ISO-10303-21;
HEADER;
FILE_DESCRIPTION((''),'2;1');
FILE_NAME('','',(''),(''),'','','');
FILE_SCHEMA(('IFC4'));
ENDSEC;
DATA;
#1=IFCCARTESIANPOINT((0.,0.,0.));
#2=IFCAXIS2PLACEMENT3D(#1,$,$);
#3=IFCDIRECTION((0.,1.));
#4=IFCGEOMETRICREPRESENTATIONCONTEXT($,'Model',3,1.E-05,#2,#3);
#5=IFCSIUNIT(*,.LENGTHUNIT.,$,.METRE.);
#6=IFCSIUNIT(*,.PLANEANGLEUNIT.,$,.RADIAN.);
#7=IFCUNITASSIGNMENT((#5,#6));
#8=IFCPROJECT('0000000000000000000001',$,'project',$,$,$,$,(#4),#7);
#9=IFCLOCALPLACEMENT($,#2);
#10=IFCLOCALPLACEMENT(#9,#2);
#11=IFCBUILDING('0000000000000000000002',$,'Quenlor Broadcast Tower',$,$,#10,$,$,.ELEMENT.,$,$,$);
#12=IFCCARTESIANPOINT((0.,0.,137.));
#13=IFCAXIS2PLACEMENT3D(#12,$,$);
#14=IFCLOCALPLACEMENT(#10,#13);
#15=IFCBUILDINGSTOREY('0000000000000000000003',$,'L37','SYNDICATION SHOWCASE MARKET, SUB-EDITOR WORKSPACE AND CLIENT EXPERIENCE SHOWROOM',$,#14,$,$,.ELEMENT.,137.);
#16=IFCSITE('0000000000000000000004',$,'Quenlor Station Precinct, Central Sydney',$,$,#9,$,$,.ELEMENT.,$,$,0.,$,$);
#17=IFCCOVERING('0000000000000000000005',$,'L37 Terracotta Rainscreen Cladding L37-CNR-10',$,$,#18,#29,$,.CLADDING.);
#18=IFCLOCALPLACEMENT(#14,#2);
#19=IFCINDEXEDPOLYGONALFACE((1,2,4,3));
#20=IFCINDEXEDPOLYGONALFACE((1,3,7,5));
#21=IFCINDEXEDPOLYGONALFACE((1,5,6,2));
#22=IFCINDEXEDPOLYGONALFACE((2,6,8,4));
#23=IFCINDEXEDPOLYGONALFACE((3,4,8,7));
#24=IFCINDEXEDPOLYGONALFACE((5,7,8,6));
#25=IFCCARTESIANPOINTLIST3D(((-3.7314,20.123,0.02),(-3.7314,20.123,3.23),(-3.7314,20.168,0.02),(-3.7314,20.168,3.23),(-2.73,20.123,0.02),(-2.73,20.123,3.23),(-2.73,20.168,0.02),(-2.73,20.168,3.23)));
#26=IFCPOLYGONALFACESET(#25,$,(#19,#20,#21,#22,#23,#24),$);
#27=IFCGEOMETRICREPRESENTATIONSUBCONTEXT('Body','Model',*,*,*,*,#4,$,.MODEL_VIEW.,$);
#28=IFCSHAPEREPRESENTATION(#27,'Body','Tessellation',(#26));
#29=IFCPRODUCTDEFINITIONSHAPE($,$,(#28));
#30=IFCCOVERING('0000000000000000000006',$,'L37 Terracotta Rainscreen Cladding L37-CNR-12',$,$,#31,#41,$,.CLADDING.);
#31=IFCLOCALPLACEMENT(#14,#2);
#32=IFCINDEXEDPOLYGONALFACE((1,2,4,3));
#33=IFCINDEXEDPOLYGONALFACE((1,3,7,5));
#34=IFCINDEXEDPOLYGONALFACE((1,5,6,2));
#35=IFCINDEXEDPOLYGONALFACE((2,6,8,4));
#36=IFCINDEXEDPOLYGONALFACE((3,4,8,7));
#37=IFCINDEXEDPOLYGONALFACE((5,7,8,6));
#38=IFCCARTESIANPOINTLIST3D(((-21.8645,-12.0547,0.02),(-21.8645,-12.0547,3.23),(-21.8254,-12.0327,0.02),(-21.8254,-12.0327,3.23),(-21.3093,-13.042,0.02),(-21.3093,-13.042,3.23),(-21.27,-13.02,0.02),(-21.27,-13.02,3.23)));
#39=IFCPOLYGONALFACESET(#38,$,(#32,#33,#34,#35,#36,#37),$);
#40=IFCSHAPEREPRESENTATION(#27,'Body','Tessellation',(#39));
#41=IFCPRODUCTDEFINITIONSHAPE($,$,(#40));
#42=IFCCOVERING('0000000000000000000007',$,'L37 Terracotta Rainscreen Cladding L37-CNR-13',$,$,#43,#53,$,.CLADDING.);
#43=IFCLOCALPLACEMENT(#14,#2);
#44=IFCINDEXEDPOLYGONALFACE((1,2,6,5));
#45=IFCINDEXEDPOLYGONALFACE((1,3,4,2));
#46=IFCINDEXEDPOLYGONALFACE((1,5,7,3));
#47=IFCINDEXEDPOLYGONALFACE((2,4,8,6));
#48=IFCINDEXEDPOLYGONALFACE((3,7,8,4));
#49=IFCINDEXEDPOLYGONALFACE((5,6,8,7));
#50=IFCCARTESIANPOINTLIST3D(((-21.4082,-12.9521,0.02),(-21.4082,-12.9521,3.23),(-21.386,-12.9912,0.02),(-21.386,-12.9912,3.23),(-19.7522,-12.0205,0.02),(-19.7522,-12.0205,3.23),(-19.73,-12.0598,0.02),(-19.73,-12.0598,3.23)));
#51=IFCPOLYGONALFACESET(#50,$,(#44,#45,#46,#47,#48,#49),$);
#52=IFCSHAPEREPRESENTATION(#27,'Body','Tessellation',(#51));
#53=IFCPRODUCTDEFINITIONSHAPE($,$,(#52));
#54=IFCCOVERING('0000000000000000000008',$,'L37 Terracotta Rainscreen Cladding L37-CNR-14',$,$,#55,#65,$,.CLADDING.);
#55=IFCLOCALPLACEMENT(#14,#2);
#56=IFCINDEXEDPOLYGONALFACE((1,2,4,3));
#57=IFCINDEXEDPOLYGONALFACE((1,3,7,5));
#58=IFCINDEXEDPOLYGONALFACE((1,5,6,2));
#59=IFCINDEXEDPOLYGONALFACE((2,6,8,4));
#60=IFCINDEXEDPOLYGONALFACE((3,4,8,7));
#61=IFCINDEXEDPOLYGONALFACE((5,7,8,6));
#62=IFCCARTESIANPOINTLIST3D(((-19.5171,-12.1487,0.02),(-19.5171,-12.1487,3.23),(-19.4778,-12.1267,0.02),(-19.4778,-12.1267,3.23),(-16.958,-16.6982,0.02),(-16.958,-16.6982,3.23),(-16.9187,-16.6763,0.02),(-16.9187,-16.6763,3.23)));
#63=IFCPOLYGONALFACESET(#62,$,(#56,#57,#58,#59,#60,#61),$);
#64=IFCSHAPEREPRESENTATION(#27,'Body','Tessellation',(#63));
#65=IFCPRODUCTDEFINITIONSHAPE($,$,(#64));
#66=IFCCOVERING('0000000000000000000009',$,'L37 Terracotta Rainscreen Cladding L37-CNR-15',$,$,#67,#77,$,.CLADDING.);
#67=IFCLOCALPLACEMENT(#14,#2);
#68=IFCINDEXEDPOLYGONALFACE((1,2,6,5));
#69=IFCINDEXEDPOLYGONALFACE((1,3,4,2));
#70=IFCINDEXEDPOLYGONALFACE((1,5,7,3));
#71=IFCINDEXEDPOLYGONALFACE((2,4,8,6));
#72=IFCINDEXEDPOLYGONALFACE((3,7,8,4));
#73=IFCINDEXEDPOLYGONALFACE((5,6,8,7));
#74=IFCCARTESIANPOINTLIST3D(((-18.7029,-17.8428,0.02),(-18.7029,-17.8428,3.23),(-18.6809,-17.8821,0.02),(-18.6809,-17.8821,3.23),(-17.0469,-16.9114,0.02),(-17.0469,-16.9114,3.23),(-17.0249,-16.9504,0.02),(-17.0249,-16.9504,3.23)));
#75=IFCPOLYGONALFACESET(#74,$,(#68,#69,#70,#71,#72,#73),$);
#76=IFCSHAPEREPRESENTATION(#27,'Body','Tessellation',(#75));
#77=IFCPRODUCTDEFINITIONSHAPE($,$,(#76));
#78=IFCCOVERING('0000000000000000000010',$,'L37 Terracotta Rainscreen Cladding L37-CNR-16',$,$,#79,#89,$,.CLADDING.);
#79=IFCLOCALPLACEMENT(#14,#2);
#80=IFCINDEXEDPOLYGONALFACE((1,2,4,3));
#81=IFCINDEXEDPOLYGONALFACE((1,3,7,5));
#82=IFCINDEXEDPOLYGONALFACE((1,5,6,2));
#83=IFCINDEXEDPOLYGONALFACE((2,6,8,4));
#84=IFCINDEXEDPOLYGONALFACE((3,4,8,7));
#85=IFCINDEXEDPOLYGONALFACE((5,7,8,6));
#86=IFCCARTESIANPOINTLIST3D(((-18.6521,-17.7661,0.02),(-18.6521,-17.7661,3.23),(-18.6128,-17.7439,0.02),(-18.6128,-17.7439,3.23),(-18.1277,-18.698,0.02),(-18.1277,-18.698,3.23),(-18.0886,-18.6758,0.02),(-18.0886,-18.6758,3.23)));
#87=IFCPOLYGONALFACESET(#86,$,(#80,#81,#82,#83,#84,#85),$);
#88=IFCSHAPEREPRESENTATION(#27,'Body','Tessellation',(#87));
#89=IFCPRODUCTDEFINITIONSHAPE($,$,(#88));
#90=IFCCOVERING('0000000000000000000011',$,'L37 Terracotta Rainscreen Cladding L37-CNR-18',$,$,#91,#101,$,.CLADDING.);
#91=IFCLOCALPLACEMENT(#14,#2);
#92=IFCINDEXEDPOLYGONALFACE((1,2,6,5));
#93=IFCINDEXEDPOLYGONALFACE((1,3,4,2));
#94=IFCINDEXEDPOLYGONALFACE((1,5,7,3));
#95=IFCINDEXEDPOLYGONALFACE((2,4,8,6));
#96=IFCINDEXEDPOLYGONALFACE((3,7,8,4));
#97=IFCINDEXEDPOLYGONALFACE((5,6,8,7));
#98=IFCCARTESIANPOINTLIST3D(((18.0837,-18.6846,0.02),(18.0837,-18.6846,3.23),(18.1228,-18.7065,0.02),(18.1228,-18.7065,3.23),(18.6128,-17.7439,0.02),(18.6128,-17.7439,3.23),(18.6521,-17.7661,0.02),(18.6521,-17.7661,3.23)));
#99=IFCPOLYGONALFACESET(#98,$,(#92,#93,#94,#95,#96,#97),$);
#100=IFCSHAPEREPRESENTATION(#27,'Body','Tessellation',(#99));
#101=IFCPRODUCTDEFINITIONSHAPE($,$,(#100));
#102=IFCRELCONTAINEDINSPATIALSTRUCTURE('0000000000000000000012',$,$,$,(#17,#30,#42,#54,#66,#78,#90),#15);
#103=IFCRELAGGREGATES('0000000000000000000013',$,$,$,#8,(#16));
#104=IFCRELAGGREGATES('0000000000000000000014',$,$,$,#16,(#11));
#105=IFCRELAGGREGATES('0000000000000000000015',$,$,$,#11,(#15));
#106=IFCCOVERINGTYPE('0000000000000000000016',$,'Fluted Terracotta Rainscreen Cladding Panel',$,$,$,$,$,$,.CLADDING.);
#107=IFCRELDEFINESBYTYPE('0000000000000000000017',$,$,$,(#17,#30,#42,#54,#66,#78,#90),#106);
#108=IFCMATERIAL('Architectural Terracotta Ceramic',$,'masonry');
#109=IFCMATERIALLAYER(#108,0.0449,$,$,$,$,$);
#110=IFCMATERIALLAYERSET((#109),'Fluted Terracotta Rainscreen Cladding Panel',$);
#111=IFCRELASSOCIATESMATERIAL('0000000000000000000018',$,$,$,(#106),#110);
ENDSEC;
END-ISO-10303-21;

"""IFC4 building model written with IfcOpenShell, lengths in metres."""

from ifc_helpers import new_model, si_unit, direction, frame, origin, place, context, subcontext, project, spatial, polyline, outline, extrude, material, layer, layer_set, type_object, element, save


model = new_model("IFC4")

# Units and contexts
model_context = context("Model", 3, precision=1e-05, world=origin(), true_north=direction((0.0, 1.0)))
body_context = subcontext(model_context, "Body", "Model", "MODEL_VIEW")
ifc_project = project(units=[si_unit("LENGTHUNIT", "METRE"), si_unit("PLANEANGLEUNIT", "RADIAN")], contexts=[model_context])

# Site, building, storey
site_placement = place(None, origin())
site = spatial("IfcSite", under=ifc_project, at=site_placement, Name="Quenlor Station Precinct, Central Sydney", CompositionType="ELEMENT", RefElevation=0.0)
building_placement = place(site_placement, origin())
building = spatial("IfcBuilding", under=site, at=building_placement, Name="Quenlor Broadcast Tower", CompositionType="ELEMENT")
storey_placement = place(building_placement, frame((0.0, 0.0, 137.0)))
storey = spatial("IfcBuildingStorey", under=building, at=storey_placement, Name="L37", Description="SYNDICATION SHOWCASE MARKET, SUB-EDITOR WORKSPACE AND CLIENT EXPERIENCE SHOWROOM", CompositionType="ELEMENT", Elevation=137.0)

# Coverings
ifc_material_1 = material(Name="Architectural Terracotta Ceramic", Category="masonry")
ifc_layer_1 = layer(ifc_material_1, 0.0449)
ifc_layer_set_1 = layer_set([ifc_layer_1], Name="Fluted Terracotta Rainscreen Cladding Panel")
covering_type_1 = type_object("IfcCoveringType", Name="Fluted Terracotta Rainscreen Cladding Panel", PredefinedType="CLADDING", material=ifc_layer_set_1)
covering_1_placement = place(storey_placement, frame((0.0, 0.0, 0.02)))
element("IfcCovering", 1, at=covering_1_placement, inside=storey, type_object=covering_type_1, Name="L37 Terracotta Rainscreen Cladding L37-CNR-10", PredefinedType="CLADDING", context=body_context, shape_type="SweptSolid", body=[
    extrude(outline(polyline([(-2.73, 20.168), (-3.7314, 20.168), (-3.7314, 20.123), (-2.73, 20.123), (-2.73, 20.168)])), origin(), (0.0, 0.0, 1.0), 3.21),
])
covering_2_placement = place(storey_placement, frame((0.0, 0.0, 0.02)))
element("IfcCovering", 2, at=covering_2_placement, inside=storey, type_object=covering_type_1, Name="L37 Terracotta Rainscreen Cladding L37-CNR-12", PredefinedType="CLADDING", context=body_context, shape_type="SweptSolid", body=[
    extrude(outline(polyline([(-21.8645, -12.0547), (-21.3093, -13.042), (-21.27, -13.02), (-21.8254, -12.0327), (-21.8645, -12.0547)])), origin(), (0.0, 0.0, 1.0), 3.21),
])
covering_3_placement = place(storey_placement, frame((0.0, 0.0, 0.02)))
element("IfcCovering", 3, at=covering_3_placement, inside=storey, type_object=covering_type_1, Name="L37 Terracotta Rainscreen Cladding L37-CNR-13", PredefinedType="CLADDING", context=body_context, shape_type="SweptSolid", body=[
    extrude(outline(polyline([(-21.386, -12.9912), (-19.73, -12.0598), (-19.7522, -12.0205), (-21.4082, -12.9521), (-21.386, -12.9912)])), origin(), (0.0, 0.0, 1.0), 3.21),
])
covering_4_placement = place(storey_placement, frame((0.0, 0.0, 0.02)))
element("IfcCovering", 4, at=covering_4_placement, inside=storey, type_object=covering_type_1, Name="L37 Terracotta Rainscreen Cladding L37-CNR-14", PredefinedType="CLADDING", context=body_context, shape_type="SweptSolid", body=[
    extrude(outline(polyline([(-19.5171, -12.1487), (-16.958, -16.6982), (-16.9187, -16.6763), (-19.4778, -12.1267), (-19.5171, -12.1487)])), origin(), (0.0, 0.0, 1.0), 3.21),
])
covering_5_placement = place(storey_placement, frame((0.0, 0.0, 0.02)))
element("IfcCovering", 5, at=covering_5_placement, inside=storey, type_object=covering_type_1, Name="L37 Terracotta Rainscreen Cladding L37-CNR-15", PredefinedType="CLADDING", context=body_context, shape_type="SweptSolid", body=[
    extrude(outline(polyline([(-17.0469, -16.9114), (-18.7029, -17.8428), (-18.6809, -17.8821), (-17.0249, -16.9504), (-17.0469, -16.9114)])), origin(), (0.0, 0.0, 1.0), 3.21),
])
covering_6_placement = place(storey_placement, frame((0.0, 0.0, 0.02)))
element("IfcCovering", 6, at=covering_6_placement, inside=storey, type_object=covering_type_1, Name="L37 Terracotta Rainscreen Cladding L37-CNR-16", PredefinedType="CLADDING", context=body_context, shape_type="SweptSolid", body=[
    extrude(outline(polyline([(-18.6521, -17.7661), (-18.1277, -18.698), (-18.0886, -18.6758), (-18.6128, -17.7439), (-18.6521, -17.7661)])), origin(), (0.0, 0.0, 1.0), 3.21),
])
covering_7_placement = place(storey_placement, frame((0.0, 0.0, 0.02)))
element("IfcCovering", 7, at=covering_7_placement, inside=storey, type_object=covering_type_1, Name="L37 Terracotta Rainscreen Cladding L37-CNR-18", PredefinedType="CLADDING", context=body_context, shape_type="SweptSolid", body=[
    extrude(outline(polyline([(18.1228, -18.7065), (18.6521, -17.7661), (18.6128, -17.7439), (18.0837, -18.6846), (18.1228, -18.7065)])), origin(), (0.0, 0.0, 1.0), 3.21),
])

save(model, "model.ifc")
